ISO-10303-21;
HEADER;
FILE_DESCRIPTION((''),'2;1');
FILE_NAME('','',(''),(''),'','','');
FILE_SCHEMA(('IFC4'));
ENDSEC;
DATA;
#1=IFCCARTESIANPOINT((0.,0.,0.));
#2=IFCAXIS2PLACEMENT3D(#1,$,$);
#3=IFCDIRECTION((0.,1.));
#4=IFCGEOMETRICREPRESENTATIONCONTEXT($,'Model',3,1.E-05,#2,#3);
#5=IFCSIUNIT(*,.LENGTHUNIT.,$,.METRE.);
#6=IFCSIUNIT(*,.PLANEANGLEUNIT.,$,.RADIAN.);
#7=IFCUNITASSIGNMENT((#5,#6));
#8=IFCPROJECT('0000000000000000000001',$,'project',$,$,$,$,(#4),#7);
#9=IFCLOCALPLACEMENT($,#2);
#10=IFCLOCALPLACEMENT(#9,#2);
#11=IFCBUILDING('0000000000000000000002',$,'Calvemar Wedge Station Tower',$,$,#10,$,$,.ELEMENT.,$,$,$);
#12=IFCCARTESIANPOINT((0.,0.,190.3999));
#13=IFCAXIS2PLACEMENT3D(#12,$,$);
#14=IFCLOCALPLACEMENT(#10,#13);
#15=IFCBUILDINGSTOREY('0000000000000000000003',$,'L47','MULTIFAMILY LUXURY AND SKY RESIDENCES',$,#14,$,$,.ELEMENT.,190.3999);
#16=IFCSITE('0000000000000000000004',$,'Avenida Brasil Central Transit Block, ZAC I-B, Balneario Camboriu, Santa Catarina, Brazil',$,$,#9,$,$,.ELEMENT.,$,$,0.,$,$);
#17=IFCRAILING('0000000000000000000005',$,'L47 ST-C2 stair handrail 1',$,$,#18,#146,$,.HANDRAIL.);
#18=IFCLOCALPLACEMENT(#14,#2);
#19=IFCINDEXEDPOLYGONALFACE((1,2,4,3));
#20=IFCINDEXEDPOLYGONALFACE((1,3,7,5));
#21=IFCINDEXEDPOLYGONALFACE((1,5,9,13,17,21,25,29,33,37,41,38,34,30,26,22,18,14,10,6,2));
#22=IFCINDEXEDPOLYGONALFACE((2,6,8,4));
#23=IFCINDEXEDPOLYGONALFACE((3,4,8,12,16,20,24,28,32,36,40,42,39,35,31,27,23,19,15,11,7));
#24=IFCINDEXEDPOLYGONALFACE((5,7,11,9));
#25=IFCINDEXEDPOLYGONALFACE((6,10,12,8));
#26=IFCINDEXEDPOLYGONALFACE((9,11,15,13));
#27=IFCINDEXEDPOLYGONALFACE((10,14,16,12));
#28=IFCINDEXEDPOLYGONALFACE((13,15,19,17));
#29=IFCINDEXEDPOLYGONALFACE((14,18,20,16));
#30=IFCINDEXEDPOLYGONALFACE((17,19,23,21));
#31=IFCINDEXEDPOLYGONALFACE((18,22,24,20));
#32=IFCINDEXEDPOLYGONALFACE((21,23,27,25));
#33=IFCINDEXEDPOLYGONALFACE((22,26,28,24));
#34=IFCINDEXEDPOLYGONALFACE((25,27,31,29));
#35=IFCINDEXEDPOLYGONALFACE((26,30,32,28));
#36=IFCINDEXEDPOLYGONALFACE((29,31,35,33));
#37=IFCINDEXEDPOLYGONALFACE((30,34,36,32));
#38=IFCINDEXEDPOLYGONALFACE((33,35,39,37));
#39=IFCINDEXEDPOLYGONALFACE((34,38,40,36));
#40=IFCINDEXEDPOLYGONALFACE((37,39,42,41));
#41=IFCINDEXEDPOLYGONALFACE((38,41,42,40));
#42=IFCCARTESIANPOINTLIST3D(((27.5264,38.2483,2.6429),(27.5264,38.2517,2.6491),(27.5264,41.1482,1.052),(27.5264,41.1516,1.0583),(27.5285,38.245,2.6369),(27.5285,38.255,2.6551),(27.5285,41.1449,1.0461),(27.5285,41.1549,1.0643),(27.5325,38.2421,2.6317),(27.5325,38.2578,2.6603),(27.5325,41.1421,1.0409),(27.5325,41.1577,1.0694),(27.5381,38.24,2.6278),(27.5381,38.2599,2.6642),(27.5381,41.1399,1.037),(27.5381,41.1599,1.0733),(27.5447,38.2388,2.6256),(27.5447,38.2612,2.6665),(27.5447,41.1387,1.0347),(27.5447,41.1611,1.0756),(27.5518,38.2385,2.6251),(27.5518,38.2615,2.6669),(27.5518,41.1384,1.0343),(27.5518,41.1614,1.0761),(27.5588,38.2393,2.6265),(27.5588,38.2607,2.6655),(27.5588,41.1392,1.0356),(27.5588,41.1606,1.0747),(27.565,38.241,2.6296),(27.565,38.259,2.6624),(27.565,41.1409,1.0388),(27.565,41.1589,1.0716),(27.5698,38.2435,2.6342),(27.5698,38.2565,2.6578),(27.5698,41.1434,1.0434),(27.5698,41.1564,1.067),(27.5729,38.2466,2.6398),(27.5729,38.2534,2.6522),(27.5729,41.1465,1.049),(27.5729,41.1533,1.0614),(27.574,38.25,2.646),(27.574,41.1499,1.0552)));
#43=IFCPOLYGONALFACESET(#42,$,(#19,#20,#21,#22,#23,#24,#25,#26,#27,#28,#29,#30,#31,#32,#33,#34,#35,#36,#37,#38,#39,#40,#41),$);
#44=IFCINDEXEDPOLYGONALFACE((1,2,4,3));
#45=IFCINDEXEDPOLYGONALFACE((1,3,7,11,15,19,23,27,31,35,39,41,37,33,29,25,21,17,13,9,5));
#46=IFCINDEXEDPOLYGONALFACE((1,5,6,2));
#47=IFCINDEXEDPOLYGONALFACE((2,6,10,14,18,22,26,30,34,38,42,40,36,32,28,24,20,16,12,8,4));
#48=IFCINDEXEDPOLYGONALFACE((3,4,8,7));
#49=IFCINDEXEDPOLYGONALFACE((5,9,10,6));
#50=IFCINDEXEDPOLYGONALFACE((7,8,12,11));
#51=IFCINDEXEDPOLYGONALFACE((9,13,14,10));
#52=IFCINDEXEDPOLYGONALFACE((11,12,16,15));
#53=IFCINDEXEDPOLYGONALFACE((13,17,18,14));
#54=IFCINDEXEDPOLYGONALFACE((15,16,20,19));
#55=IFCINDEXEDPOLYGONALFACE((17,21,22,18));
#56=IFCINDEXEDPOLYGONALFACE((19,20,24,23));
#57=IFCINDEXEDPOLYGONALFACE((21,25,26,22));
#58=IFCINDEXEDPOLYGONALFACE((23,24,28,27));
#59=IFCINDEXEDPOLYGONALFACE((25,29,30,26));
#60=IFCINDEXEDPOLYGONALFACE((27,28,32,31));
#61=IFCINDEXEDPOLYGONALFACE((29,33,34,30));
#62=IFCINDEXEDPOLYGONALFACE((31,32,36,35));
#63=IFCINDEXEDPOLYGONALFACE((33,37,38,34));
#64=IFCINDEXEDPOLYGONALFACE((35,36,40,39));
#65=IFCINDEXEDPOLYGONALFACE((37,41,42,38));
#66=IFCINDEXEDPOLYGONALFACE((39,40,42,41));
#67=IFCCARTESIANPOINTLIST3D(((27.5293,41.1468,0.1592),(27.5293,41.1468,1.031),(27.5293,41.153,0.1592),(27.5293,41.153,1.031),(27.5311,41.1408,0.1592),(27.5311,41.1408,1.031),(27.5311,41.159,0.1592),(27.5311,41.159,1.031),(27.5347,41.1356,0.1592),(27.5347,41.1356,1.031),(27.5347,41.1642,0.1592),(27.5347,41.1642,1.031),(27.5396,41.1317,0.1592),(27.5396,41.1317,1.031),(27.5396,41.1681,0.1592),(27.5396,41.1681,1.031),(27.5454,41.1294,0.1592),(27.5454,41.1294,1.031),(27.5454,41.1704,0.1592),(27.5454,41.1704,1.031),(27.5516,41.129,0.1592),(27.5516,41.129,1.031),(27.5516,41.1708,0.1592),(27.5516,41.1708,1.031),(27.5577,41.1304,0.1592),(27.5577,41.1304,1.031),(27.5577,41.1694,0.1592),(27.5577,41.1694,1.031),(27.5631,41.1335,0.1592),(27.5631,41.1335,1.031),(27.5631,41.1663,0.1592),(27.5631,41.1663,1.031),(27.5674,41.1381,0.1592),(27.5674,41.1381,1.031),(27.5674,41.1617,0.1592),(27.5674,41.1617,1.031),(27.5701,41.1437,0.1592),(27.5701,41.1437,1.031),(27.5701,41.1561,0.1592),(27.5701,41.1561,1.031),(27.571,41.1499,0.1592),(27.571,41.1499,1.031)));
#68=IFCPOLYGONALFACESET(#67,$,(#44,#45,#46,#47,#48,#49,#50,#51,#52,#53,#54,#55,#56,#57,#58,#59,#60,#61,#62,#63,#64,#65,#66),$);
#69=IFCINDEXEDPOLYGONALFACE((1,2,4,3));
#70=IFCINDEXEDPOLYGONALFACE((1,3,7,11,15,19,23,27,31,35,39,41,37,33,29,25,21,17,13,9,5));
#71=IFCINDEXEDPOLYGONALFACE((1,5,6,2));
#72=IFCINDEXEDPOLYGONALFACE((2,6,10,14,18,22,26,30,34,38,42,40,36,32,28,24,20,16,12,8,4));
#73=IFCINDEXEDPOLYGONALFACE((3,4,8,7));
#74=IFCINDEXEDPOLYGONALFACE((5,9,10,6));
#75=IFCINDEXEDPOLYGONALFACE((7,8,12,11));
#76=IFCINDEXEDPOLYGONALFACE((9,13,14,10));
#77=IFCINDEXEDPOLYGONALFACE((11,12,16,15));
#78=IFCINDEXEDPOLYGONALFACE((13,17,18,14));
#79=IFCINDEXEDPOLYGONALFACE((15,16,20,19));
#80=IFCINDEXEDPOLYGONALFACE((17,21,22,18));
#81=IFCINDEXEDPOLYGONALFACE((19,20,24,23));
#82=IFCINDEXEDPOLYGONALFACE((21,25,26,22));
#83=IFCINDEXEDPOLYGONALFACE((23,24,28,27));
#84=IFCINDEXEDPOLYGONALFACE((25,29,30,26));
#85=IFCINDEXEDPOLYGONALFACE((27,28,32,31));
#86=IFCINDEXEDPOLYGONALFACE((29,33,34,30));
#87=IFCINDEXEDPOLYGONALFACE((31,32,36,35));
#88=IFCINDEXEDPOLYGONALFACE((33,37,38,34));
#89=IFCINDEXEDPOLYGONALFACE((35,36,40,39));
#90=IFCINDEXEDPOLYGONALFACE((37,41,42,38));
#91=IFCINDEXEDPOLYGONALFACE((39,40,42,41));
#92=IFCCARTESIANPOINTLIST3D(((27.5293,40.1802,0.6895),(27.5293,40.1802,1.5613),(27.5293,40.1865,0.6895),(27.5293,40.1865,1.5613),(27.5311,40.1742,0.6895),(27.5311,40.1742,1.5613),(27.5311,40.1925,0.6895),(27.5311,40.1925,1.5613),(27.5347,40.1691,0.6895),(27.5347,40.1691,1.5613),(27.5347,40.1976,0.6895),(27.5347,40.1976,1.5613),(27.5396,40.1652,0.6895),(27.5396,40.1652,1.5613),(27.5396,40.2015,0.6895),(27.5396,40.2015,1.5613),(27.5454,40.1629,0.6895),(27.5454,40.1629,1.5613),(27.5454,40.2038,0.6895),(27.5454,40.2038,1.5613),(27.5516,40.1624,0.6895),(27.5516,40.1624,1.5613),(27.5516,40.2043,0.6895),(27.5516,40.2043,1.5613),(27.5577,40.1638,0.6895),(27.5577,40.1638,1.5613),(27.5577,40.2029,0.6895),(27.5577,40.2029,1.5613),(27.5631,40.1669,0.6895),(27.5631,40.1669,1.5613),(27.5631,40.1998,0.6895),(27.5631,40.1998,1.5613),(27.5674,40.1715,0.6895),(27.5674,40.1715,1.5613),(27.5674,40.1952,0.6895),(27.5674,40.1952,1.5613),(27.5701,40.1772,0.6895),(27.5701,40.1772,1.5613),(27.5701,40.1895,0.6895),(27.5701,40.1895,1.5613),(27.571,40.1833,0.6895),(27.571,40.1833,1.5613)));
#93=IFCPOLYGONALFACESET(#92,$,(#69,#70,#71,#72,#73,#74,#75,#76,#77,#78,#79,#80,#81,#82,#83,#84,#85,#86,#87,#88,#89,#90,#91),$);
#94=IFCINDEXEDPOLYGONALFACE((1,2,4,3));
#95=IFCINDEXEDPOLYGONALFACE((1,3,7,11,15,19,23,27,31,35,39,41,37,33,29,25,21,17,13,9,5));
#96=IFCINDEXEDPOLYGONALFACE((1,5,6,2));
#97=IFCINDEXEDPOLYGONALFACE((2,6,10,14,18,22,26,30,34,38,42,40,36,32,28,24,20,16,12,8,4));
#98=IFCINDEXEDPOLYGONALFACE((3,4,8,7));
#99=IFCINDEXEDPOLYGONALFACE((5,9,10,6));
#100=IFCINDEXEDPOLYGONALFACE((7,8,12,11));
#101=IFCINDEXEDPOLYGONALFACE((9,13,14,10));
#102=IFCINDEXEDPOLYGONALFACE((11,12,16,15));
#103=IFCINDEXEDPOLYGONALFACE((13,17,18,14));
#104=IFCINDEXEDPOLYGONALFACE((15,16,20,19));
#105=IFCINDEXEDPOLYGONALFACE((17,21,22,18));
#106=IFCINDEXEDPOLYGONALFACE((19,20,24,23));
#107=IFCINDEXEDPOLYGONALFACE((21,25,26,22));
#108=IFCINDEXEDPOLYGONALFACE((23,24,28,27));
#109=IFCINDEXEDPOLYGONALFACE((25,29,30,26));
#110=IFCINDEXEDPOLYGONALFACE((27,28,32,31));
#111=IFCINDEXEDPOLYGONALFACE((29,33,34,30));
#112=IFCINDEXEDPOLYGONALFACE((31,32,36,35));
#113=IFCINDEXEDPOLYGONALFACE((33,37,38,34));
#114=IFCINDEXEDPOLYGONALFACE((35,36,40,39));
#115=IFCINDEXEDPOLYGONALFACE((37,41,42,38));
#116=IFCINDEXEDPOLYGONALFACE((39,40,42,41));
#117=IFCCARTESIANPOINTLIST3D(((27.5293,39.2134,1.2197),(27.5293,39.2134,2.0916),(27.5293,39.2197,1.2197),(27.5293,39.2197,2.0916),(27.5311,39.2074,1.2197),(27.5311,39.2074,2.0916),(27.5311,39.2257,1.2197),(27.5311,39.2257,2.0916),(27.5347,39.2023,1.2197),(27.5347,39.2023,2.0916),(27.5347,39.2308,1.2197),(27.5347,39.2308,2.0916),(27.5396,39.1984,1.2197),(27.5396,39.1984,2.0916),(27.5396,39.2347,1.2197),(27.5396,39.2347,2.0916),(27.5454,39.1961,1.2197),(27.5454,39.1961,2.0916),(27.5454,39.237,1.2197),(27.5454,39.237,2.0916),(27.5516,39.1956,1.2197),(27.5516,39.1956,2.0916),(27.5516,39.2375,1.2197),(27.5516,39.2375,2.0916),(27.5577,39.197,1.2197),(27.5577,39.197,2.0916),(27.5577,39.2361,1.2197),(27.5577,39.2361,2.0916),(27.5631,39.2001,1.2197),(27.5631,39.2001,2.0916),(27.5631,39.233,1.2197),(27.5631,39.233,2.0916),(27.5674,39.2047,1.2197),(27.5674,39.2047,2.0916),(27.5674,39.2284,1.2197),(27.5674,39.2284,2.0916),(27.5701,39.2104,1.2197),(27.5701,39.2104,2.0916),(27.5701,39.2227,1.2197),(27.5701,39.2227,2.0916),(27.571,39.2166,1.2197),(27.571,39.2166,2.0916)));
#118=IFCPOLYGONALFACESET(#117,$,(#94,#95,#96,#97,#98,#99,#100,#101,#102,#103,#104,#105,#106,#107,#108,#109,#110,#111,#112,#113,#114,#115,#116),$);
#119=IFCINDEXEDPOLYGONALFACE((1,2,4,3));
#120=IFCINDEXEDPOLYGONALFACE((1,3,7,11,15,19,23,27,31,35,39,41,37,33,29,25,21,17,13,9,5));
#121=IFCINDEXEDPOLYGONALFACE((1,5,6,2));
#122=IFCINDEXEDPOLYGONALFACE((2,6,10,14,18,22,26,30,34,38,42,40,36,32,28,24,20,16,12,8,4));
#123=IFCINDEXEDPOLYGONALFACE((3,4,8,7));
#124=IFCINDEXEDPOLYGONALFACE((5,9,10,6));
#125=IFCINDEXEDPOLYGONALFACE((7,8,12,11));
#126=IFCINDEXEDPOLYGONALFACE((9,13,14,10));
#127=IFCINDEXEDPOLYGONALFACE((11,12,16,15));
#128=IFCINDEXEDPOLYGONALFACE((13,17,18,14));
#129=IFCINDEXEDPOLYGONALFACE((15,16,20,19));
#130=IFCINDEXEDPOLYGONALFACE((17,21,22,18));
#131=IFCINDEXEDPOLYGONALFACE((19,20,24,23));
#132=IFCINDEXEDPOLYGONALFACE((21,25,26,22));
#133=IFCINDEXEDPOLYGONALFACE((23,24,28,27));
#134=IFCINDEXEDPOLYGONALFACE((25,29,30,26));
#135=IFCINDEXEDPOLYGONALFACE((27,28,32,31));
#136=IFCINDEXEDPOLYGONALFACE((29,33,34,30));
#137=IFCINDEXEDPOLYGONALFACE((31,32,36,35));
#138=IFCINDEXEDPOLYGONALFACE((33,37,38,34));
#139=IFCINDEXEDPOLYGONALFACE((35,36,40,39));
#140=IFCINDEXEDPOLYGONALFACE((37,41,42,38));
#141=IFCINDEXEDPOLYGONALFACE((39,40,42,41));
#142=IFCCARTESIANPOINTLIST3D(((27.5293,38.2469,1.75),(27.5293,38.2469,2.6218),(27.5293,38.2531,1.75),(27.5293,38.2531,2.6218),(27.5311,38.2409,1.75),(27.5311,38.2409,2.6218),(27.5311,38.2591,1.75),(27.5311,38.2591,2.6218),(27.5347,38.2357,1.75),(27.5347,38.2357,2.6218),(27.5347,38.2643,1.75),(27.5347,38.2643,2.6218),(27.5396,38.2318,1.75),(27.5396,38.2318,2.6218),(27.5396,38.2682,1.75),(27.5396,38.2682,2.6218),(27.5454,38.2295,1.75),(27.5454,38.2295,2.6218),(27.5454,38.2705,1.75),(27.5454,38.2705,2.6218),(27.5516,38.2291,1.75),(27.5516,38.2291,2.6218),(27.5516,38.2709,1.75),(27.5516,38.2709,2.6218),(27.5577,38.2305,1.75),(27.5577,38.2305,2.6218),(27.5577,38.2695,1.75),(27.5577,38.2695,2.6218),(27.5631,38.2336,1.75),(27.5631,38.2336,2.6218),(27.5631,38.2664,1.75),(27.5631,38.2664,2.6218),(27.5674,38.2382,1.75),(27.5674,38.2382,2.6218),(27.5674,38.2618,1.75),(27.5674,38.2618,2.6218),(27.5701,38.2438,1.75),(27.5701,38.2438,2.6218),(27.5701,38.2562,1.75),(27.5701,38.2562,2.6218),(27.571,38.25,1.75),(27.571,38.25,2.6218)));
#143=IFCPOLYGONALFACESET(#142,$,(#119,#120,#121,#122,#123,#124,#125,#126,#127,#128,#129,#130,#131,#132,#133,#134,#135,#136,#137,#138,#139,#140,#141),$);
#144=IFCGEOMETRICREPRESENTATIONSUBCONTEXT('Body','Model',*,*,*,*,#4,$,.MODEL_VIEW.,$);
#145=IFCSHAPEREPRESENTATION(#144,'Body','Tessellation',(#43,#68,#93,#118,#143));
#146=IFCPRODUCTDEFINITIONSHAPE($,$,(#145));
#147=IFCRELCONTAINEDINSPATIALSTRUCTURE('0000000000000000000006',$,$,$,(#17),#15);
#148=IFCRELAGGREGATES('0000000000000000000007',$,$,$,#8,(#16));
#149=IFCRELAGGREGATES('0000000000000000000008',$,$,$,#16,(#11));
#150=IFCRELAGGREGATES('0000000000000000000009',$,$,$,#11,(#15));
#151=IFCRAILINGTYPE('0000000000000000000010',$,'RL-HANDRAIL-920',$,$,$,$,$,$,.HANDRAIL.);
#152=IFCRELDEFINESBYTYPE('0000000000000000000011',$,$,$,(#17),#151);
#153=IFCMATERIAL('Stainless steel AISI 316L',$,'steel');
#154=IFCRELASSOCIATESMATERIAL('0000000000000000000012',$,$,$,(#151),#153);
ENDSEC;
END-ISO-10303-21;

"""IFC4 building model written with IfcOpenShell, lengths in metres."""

from ifc_helpers import new_model, si_unit, direction, frame, origin, origin_2d, place, context, subcontext, project, spatial, circle, extrude, material, type_object, element, save


model = new_model("IFC4")

# Units and contexts
model_context = context("Model", 3, precision=1e-05, world=origin(), true_north=direction((0.0, 1.0)))
body_context = subcontext(model_context, "Body", "Model", "MODEL_VIEW")
ifc_project = project(units=[si_unit("LENGTHUNIT", "METRE"), si_unit("PLANEANGLEUNIT", "RADIAN")], contexts=[model_context])

# Site, building, storey
site_placement = place(None, origin())
site = spatial("IfcSite", under=ifc_project, at=site_placement, Name="Avenida Brasil Central Transit Block, ZAC I-B, Balneario Camboriu, Santa Catarina, Brazil", CompositionType="ELEMENT", RefElevation=0.0)
building_placement = place(site_placement, origin())
building = spatial("IfcBuilding", under=site, at=building_placement, Name="Calvemar Wedge Station Tower", CompositionType="ELEMENT")
storey_placement = place(building_placement, frame((0.0, 0.0, 190.3999)))
storey = spatial("IfcBuildingStorey", under=building, at=storey_placement, Name="L47", Description="MULTIFAMILY LUXURY AND SKY RESIDENCES", CompositionType="ELEMENT", Elevation=190.3999)

# Railing
ifc_material_1 = material(Name="Stainless steel AISI 316L", Category="steel")
railing_type_1 = type_object("IfcRailingType", Name="RL-HANDRAIL-920", PredefinedType="HANDRAIL", material=ifc_material_1)
railing_1_placement = place(storey_placement, frame((27.55, 41.1499, 0.1592)))
element("IfcRailing", 1, at=railing_1_placement, inside=storey, type_object=railing_type_1, Name="L47 ST-C2 stair handrail 1", PredefinedType="HANDRAIL", context=body_context, shape_type="SweptSolid", body=[
    extrude(circle(Radius=0.0239, at=origin_2d()), frame((0.0, 0.0, 0.896), z_axis=(0.0, -0.876742, 0.480961), x_axis=(1.0, 0.0, 0.0)), (0.0, 0.0, 1.0), 3.3076),
    extrude(circle(Radius=0.021, at=origin_2d()), origin(), (0.0, 0.0, 1.0), 0.8718),
    extrude(circle(Radius=0.021, at=origin_2d()), frame((0.0, -0.9666, 0.5303)), (0.0, 0.0, 1.0), 0.8718),
    extrude(circle(Radius=0.021, at=origin_2d()), frame((0.0, -1.9333, 1.0605)), (0.0, 0.0, 1.0), 0.8718),
    extrude(circle(Radius=0.021, at=origin_2d()), frame((0.0, -2.8999, 1.5908)), (0.0, 0.0, 1.0), 0.8718),
])

save(model, "model.ifc")
